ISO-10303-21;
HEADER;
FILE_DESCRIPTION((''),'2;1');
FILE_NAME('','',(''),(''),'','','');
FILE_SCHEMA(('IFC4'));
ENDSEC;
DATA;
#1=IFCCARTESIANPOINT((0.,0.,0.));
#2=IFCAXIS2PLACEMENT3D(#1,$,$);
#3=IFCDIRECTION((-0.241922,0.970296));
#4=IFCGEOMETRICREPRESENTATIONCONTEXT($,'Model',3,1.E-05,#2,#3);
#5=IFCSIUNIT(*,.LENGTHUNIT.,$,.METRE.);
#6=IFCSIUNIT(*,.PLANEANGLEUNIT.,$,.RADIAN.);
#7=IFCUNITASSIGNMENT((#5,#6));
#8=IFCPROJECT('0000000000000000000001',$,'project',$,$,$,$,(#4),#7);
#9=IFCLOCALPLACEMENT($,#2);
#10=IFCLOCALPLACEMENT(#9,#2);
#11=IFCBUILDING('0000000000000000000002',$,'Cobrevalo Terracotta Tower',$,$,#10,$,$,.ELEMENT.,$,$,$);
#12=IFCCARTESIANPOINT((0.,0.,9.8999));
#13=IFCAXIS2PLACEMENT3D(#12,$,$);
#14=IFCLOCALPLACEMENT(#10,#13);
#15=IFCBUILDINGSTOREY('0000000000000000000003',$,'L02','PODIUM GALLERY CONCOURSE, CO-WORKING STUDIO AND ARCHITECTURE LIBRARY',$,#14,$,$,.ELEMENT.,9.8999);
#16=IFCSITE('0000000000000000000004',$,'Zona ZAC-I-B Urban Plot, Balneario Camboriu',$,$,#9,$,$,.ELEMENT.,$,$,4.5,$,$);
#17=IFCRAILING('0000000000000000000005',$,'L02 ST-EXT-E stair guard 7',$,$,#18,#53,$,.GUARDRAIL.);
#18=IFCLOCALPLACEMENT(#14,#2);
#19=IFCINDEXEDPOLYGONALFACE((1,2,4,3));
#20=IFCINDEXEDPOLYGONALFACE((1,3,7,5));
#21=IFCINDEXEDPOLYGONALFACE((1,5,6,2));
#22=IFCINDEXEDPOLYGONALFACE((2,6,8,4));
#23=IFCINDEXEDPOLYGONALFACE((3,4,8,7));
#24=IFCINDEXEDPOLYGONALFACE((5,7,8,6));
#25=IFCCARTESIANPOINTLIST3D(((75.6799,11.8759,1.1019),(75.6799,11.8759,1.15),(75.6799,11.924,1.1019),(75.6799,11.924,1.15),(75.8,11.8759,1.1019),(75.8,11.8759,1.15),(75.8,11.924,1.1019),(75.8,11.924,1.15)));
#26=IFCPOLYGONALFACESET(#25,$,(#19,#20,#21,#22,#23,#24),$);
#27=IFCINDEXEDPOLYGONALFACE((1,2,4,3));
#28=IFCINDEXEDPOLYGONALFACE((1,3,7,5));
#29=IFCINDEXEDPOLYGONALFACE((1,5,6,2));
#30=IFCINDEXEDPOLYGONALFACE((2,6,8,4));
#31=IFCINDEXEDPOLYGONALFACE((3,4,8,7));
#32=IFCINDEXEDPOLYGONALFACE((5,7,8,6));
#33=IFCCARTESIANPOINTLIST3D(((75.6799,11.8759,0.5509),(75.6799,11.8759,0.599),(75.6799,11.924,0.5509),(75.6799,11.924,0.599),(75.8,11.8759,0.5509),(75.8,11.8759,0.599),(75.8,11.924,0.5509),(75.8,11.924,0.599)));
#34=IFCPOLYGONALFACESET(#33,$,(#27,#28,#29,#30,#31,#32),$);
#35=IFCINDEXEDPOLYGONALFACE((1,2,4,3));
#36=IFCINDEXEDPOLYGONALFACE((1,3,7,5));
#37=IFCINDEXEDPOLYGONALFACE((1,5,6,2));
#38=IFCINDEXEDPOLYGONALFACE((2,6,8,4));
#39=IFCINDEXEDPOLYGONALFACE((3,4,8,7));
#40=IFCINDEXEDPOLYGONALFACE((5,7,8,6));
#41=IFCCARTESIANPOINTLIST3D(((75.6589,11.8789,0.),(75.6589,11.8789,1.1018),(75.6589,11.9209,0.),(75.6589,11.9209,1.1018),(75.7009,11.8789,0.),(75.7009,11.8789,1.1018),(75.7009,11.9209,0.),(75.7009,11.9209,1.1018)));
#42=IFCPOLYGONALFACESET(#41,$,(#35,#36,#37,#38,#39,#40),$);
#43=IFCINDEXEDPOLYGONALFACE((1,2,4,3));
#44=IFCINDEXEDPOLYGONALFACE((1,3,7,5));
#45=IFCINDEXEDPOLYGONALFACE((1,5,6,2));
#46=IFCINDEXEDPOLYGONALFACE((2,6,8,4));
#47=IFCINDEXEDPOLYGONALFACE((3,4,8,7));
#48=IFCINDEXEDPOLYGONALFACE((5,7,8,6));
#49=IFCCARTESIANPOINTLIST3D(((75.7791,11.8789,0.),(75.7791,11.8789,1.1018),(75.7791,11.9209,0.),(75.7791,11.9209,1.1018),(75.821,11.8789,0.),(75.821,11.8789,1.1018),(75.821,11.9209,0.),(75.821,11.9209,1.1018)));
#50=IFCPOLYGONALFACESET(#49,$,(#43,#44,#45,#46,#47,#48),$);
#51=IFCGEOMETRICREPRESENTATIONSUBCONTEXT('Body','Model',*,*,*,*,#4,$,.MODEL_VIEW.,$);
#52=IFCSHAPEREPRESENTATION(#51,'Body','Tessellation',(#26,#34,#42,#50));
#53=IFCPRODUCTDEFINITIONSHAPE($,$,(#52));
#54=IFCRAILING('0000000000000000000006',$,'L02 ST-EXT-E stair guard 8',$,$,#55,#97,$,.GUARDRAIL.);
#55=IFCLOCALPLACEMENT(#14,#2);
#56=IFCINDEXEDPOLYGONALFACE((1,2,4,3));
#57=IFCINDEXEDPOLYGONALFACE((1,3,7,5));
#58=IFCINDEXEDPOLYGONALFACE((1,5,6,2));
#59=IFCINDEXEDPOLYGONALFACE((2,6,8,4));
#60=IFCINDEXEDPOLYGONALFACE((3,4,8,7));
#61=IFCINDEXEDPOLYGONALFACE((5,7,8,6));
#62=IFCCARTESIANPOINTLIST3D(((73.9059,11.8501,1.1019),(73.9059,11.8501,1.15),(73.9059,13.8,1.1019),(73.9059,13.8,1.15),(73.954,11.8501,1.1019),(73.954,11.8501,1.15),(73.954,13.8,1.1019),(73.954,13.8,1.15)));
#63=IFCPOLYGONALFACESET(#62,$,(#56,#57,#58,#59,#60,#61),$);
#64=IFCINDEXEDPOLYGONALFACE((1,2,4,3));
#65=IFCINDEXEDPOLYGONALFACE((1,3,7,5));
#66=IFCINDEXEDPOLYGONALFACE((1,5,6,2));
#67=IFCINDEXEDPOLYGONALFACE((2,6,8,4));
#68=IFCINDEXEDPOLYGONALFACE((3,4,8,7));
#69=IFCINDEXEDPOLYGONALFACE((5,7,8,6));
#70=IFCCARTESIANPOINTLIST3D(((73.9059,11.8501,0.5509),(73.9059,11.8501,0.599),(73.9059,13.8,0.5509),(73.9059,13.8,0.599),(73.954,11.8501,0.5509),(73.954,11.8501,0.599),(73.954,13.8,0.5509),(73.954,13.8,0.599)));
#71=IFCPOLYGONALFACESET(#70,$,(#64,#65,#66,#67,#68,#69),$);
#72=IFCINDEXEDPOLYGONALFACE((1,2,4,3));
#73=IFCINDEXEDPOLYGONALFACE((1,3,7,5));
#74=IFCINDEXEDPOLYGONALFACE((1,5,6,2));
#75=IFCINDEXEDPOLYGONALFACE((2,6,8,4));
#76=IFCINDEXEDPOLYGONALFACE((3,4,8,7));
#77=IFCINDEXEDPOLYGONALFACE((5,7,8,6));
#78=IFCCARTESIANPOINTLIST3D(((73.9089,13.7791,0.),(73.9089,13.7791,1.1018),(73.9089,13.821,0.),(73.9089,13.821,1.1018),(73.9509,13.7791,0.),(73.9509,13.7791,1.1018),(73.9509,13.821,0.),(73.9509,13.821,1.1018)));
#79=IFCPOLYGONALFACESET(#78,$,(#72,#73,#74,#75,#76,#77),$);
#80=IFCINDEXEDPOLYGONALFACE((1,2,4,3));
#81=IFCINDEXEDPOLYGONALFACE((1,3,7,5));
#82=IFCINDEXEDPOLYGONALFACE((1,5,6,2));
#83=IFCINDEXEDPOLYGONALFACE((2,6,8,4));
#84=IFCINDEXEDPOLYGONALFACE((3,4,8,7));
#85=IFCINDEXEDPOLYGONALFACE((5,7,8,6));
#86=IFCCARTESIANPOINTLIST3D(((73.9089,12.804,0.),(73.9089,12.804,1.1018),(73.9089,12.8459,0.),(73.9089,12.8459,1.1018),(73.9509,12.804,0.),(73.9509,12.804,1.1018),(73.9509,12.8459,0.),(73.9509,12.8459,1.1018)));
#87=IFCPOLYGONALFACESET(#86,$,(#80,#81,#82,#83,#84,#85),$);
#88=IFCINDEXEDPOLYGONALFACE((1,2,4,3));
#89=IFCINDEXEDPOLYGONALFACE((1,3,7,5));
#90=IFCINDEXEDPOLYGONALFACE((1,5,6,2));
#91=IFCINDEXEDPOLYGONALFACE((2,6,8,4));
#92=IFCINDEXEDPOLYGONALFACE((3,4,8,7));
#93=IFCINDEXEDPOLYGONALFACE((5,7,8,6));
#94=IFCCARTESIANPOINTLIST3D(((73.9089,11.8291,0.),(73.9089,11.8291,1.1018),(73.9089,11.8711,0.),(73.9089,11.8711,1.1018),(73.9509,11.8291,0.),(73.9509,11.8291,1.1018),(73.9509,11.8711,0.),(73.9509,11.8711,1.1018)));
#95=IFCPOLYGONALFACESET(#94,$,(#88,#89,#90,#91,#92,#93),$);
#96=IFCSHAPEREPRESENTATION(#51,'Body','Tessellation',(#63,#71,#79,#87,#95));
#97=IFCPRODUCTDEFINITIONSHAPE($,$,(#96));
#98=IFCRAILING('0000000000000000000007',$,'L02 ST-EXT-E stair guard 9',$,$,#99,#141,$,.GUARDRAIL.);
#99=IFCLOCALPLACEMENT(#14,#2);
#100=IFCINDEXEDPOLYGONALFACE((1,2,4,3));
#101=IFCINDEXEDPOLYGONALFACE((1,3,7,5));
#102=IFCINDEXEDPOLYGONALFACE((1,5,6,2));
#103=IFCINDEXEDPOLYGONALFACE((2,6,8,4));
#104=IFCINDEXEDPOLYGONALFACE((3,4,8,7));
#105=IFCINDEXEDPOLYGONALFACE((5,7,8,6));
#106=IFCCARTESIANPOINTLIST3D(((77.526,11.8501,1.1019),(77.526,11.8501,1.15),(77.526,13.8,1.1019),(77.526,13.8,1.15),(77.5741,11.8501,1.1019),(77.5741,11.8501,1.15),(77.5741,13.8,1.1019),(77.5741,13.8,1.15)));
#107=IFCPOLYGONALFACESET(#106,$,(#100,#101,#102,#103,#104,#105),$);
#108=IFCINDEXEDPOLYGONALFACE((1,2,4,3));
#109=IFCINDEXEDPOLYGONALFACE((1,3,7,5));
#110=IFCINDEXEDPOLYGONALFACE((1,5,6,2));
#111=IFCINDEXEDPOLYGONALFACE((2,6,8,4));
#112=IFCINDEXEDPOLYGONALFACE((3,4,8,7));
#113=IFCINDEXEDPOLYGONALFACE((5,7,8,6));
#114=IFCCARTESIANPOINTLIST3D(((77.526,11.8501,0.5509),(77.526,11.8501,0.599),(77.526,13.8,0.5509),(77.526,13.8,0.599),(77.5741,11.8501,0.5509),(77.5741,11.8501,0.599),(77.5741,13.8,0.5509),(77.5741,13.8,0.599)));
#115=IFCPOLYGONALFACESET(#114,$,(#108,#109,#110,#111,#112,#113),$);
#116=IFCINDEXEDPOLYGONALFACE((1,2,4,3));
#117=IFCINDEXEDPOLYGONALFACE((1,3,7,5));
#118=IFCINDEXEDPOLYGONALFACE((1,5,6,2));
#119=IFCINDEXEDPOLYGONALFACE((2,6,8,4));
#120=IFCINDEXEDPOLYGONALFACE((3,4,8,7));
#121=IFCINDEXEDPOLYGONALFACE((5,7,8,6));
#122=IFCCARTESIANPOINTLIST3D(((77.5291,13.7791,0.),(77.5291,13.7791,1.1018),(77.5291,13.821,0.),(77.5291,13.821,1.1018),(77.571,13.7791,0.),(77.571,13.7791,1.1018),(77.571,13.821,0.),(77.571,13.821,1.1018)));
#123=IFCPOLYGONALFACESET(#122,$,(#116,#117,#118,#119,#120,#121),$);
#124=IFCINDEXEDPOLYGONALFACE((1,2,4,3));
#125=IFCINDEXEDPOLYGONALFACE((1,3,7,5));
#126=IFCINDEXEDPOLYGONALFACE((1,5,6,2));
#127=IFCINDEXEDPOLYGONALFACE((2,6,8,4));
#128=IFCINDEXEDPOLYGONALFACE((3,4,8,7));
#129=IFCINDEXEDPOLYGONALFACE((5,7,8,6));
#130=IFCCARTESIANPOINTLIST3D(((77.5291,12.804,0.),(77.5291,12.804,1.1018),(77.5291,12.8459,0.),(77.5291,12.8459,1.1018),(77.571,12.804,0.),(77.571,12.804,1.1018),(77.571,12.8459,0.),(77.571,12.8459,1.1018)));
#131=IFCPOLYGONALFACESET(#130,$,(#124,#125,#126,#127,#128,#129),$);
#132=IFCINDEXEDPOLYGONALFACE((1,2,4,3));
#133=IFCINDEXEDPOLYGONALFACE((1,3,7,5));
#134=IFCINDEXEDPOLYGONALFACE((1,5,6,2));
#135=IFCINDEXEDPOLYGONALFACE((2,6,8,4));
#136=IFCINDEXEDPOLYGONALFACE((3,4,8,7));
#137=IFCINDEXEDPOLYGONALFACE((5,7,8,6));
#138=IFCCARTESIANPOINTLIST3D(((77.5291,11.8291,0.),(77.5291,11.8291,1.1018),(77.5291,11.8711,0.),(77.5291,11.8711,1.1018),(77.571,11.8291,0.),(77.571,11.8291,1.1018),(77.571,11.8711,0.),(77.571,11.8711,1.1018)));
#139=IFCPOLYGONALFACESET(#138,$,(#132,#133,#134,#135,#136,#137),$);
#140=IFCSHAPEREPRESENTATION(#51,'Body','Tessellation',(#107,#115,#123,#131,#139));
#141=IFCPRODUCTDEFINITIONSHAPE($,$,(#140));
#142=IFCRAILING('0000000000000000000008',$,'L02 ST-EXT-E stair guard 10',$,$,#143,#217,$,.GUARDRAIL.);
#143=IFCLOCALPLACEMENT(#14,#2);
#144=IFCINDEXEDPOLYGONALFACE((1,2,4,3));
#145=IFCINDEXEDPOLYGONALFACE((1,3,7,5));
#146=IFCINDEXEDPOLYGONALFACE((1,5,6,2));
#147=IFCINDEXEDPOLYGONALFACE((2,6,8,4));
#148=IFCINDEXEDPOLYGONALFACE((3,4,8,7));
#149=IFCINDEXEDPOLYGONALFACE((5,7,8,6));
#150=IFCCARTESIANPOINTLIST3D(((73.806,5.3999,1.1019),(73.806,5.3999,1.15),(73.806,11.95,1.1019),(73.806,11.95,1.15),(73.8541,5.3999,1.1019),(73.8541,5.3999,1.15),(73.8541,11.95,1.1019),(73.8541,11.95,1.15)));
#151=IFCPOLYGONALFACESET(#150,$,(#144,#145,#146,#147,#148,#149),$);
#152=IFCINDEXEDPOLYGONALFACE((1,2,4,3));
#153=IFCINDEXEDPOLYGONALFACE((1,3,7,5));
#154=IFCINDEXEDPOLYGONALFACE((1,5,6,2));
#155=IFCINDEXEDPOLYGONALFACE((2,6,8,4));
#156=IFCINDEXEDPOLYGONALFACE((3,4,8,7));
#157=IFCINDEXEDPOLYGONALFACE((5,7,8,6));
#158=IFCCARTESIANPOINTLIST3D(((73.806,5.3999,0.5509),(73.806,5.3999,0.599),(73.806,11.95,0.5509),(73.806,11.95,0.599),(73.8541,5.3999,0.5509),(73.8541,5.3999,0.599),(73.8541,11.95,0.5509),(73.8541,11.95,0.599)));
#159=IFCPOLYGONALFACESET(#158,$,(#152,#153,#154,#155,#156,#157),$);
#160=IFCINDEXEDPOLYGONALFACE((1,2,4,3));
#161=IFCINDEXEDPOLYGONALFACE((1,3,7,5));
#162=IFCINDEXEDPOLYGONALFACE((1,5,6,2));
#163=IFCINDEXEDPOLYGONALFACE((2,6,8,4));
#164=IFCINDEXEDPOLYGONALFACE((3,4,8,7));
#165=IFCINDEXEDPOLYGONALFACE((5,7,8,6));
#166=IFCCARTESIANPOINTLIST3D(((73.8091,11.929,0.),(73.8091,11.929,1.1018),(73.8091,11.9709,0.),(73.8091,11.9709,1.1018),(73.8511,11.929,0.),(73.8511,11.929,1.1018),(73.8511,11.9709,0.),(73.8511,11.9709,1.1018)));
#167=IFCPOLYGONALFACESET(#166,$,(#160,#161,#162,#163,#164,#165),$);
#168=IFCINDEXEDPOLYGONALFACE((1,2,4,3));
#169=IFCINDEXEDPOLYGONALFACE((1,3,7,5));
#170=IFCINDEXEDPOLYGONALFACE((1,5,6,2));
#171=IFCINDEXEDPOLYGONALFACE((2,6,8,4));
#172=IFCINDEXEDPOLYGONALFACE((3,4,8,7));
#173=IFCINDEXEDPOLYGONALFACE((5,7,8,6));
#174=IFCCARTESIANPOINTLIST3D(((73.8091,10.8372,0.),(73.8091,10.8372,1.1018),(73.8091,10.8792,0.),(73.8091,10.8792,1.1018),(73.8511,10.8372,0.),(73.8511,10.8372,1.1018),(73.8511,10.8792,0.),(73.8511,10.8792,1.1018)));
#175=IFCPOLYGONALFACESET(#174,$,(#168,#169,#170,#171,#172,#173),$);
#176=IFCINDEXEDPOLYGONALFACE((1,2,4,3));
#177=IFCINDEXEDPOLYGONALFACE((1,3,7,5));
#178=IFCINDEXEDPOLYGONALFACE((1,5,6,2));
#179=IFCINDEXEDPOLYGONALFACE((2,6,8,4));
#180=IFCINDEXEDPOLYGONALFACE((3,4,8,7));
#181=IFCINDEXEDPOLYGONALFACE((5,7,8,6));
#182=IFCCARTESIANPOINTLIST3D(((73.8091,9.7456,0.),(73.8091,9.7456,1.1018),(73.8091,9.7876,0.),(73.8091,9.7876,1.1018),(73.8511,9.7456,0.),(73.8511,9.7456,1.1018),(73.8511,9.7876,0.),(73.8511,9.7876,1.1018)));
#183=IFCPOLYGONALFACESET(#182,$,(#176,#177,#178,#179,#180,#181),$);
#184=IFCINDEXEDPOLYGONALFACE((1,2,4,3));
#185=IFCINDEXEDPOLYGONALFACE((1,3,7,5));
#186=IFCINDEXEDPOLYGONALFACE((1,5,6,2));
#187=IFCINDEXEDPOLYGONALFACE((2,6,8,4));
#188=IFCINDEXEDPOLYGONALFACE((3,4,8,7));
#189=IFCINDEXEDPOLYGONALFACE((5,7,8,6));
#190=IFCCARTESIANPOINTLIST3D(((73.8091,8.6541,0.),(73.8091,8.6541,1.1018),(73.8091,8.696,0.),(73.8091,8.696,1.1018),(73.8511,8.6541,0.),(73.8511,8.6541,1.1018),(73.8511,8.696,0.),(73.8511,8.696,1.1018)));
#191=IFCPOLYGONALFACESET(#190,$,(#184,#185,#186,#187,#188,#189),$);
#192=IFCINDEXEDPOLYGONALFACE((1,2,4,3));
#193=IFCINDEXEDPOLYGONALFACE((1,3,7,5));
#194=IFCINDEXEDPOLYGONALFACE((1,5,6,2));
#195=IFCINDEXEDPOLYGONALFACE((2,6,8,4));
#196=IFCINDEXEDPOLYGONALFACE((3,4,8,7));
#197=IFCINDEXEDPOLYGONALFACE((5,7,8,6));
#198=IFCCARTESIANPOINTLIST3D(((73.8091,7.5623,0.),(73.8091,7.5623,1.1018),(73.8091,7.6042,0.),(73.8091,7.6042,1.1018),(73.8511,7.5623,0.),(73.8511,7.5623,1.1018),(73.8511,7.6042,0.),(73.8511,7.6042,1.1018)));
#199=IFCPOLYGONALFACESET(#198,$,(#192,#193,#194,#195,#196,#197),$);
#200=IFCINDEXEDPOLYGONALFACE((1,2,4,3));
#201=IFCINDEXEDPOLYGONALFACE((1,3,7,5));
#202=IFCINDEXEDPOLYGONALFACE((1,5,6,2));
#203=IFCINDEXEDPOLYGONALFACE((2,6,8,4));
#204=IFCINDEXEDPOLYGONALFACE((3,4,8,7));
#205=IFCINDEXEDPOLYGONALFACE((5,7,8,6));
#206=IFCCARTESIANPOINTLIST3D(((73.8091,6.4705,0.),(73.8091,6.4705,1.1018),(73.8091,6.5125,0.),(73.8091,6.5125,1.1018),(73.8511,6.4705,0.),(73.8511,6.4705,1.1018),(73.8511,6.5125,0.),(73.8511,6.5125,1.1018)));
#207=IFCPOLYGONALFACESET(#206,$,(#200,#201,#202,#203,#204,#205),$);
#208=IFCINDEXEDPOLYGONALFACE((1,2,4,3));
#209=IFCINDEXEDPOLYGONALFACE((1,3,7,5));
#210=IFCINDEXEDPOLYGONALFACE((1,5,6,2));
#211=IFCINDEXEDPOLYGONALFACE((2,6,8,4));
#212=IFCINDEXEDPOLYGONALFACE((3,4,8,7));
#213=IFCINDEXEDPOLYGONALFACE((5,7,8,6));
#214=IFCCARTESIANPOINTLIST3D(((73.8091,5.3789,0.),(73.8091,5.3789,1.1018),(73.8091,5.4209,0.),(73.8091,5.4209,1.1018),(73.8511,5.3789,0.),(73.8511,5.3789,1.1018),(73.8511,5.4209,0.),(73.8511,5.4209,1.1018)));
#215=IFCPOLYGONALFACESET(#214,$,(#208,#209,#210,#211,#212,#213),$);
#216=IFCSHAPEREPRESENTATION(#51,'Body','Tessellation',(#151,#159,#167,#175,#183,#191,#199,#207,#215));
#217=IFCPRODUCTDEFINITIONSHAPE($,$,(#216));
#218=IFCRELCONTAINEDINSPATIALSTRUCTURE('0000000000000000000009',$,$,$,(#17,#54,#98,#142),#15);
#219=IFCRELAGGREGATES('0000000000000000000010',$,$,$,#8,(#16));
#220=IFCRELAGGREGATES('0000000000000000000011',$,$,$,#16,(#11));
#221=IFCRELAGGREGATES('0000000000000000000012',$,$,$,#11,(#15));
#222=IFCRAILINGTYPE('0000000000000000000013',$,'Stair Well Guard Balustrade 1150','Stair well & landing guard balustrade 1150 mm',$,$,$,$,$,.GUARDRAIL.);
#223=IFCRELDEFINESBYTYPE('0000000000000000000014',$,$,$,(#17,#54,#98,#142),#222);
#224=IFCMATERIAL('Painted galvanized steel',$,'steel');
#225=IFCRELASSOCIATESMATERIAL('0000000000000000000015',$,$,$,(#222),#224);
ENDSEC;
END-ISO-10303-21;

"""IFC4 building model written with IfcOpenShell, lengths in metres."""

from ifc_helpers import new_model, si_unit, direction, frame, origin, origin_2d, place, context, subcontext, project, spatial, rectangle, extrude, material, type_object, element, save


model = new_model("IFC4")

# Units and contexts
model_context = context("Model", 3, precision=1e-05, world=origin(), true_north=direction((-0.241922, 0.970296)))
body_context = subcontext(model_context, "Body", "Model", "MODEL_VIEW")
ifc_project = project(units=[si_unit("LENGTHUNIT", "METRE"), si_unit("PLANEANGLEUNIT", "RADIAN")], contexts=[model_context])

# Site, building, storey
site_placement = place(None, origin())
site = spatial("IfcSite", under=ifc_project, at=site_placement, Name="Zona ZAC-I-B Urban Plot, Balneario Camboriu", CompositionType="ELEMENT", RefElevation=4.5)
building_placement = place(site_placement, origin())
building = spatial("IfcBuilding", under=site, at=building_placement, Name="Cobrevalo Terracotta Tower", CompositionType="ELEMENT")
storey_placement = place(building_placement, frame((0.0, 0.0, 9.8999)))
storey = spatial("IfcBuildingStorey", under=building, at=storey_placement, Name="L02", Description="PODIUM GALLERY CONCOURSE, CO-WORKING STUDIO AND ARCHITECTURE LIBRARY", CompositionType="ELEMENT", Elevation=9.8999)

# Railings
ifc_material_1 = material(Name="Painted galvanized steel", Category="steel")
railing_type_1 = type_object("IfcRailingType", Name="Stair Well Guard Balustrade 1150", Description="Stair well & landing guard balustrade 1150 mm", PredefinedType="GUARDRAIL", material=ifc_material_1)
railing_1_placement = place(storey_placement, frame((75.6799, 11.8999, 0.0)))
element("IfcRailing", 1, at=railing_1_placement, inside=storey, type_object=railing_type_1, Name="L02 ST-EXT-E stair guard 7", PredefinedType="GUARDRAIL", context=body_context, shape_type="SweptSolid", body=[
    extrude(rectangle(XDim=0.0481, YDim=0.0481, at=origin_2d()), frame((0.0, 0.0, 1.126), z_axis=(1.0, 0.0, 0.0), x_axis=(0.0, 1.0, 0.0)), (0.0, 0.0, 1.0), 0.1201),
    extrude(rectangle(XDim=0.0481, YDim=0.0481, at=origin_2d()), frame((0.0, 0.0, 0.575), z_axis=(1.0, 0.0, 0.0), x_axis=(0.0, 1.0, 0.0)), (0.0, 0.0, 1.0), 0.1201),
    extrude(rectangle(XDim=0.042, YDim=0.042, at=origin_2d()), origin(), (0.0, 0.0, 1.0), 1.1018),
    extrude(rectangle(XDim=0.042, YDim=0.042, at=origin_2d()), frame((0.1201, 0.0, 0.0)), (0.0, 0.0, 1.0), 1.1018),
])
for number, where, name in (
    (2, (73.9299, 13.8, 0.0), "L02 ST-EXT-E stair guard 8"),
    (3, (77.55, 13.8, 0.0), "L02 ST-EXT-E stair guard 9"),
):
    element("IfcRailing", number, at=place(storey_placement, frame(where)), inside=storey, type_object=railing_type_1, Name=name, PredefinedType="GUARDRAIL", context=body_context, shape_type="SweptSolid", body=[
        extrude(rectangle(XDim=0.0481, YDim=0.0481, at=origin_2d()), frame((0.0, 0.0, 1.126), z_axis=(0.0, -1.0, 0.0), x_axis=(1.0, 0.0, 0.0)), (0.0, 0.0, 1.0), 1.95),
        extrude(rectangle(XDim=0.0481, YDim=0.0481, at=origin_2d()), frame((0.0, 0.0, 0.575), z_axis=(0.0, -1.0, 0.0), x_axis=(1.0, 0.0, 0.0)), (0.0, 0.0, 1.0), 1.95),
        extrude(rectangle(XDim=0.042, YDim=0.042, at=origin_2d()), origin(), (0.0, 0.0, 1.0), 1.1018),
        extrude(rectangle(XDim=0.042, YDim=0.042, at=origin_2d()), frame((0.0, -0.9751, 0.0)), (0.0, 0.0, 1.0), 1.1018),
        extrude(rectangle(XDim=0.042, YDim=0.042, at=origin_2d()), frame((0.0, -1.95, 0.0)), (0.0, 0.0, 1.0), 1.1018),
    ])
for number, where, name in (
    (4, (73.8301, 11.95, 0.0), "L02 ST-EXT-E stair guard 10"),
):
    element("IfcRailing", number, at=place(storey_placement, frame(where)), inside=storey, type_object=railing_type_1, Name=name, PredefinedType="GUARDRAIL", context=body_context, shape_type="SweptSolid", body=[
        extrude(rectangle(XDim=0.0481, YDim=0.0481, at=origin_2d()), frame((0.0, 0.0, 1.126), z_axis=(0.0, -1.0, 0.0), x_axis=(1.0, 0.0, 0.0)), (0.0, 0.0, 1.0), 6.55),
        extrude(rectangle(XDim=0.0481, YDim=0.0481, at=origin_2d()), frame((0.0, 0.0, 0.575), z_axis=(0.0, -1.0, 0.0), x_axis=(1.0, 0.0, 0.0)), (0.0, 0.0, 1.0), 6.55),
        extrude(rectangle(XDim=0.042, YDim=0.042, at=origin_2d()), origin(), (0.0, 0.0, 1.0), 1.1018),
        extrude(rectangle(XDim=0.042, YDim=0.042, at=origin_2d()), frame((0.0, -1.0918, 0.0)), (0.0, 0.0, 1.0), 1.1018),
        extrude(rectangle(XDim=0.042, YDim=0.042, at=origin_2d()), frame((0.0, -2.1833, 0.0)), (0.0, 0.0, 1.0), 1.1018),
        extrude(rectangle(XDim=0.042, YDim=0.042, at=origin_2d()), frame((0.0, -3.2749, 0.0)), (0.0, 0.0, 1.0), 1.1018),
        extrude(rectangle(XDim=0.042, YDim=0.042, at=origin_2d()), frame((0.0, -4.3667, 0.0)), (0.0, 0.0, 1.0), 1.1018),
        extrude(rectangle(XDim=0.042, YDim=0.042, at=origin_2d()), frame((0.0, -5.4585, 0.0)), (0.0, 0.0, 1.0), 1.1018),
        extrude(rectangle(XDim=0.042, YDim=0.042, at=origin_2d()), frame((0.0, -6.55, 0.0)), (0.0, 0.0, 1.0), 1.1018),
    ])

save(model, "model.ifc")
